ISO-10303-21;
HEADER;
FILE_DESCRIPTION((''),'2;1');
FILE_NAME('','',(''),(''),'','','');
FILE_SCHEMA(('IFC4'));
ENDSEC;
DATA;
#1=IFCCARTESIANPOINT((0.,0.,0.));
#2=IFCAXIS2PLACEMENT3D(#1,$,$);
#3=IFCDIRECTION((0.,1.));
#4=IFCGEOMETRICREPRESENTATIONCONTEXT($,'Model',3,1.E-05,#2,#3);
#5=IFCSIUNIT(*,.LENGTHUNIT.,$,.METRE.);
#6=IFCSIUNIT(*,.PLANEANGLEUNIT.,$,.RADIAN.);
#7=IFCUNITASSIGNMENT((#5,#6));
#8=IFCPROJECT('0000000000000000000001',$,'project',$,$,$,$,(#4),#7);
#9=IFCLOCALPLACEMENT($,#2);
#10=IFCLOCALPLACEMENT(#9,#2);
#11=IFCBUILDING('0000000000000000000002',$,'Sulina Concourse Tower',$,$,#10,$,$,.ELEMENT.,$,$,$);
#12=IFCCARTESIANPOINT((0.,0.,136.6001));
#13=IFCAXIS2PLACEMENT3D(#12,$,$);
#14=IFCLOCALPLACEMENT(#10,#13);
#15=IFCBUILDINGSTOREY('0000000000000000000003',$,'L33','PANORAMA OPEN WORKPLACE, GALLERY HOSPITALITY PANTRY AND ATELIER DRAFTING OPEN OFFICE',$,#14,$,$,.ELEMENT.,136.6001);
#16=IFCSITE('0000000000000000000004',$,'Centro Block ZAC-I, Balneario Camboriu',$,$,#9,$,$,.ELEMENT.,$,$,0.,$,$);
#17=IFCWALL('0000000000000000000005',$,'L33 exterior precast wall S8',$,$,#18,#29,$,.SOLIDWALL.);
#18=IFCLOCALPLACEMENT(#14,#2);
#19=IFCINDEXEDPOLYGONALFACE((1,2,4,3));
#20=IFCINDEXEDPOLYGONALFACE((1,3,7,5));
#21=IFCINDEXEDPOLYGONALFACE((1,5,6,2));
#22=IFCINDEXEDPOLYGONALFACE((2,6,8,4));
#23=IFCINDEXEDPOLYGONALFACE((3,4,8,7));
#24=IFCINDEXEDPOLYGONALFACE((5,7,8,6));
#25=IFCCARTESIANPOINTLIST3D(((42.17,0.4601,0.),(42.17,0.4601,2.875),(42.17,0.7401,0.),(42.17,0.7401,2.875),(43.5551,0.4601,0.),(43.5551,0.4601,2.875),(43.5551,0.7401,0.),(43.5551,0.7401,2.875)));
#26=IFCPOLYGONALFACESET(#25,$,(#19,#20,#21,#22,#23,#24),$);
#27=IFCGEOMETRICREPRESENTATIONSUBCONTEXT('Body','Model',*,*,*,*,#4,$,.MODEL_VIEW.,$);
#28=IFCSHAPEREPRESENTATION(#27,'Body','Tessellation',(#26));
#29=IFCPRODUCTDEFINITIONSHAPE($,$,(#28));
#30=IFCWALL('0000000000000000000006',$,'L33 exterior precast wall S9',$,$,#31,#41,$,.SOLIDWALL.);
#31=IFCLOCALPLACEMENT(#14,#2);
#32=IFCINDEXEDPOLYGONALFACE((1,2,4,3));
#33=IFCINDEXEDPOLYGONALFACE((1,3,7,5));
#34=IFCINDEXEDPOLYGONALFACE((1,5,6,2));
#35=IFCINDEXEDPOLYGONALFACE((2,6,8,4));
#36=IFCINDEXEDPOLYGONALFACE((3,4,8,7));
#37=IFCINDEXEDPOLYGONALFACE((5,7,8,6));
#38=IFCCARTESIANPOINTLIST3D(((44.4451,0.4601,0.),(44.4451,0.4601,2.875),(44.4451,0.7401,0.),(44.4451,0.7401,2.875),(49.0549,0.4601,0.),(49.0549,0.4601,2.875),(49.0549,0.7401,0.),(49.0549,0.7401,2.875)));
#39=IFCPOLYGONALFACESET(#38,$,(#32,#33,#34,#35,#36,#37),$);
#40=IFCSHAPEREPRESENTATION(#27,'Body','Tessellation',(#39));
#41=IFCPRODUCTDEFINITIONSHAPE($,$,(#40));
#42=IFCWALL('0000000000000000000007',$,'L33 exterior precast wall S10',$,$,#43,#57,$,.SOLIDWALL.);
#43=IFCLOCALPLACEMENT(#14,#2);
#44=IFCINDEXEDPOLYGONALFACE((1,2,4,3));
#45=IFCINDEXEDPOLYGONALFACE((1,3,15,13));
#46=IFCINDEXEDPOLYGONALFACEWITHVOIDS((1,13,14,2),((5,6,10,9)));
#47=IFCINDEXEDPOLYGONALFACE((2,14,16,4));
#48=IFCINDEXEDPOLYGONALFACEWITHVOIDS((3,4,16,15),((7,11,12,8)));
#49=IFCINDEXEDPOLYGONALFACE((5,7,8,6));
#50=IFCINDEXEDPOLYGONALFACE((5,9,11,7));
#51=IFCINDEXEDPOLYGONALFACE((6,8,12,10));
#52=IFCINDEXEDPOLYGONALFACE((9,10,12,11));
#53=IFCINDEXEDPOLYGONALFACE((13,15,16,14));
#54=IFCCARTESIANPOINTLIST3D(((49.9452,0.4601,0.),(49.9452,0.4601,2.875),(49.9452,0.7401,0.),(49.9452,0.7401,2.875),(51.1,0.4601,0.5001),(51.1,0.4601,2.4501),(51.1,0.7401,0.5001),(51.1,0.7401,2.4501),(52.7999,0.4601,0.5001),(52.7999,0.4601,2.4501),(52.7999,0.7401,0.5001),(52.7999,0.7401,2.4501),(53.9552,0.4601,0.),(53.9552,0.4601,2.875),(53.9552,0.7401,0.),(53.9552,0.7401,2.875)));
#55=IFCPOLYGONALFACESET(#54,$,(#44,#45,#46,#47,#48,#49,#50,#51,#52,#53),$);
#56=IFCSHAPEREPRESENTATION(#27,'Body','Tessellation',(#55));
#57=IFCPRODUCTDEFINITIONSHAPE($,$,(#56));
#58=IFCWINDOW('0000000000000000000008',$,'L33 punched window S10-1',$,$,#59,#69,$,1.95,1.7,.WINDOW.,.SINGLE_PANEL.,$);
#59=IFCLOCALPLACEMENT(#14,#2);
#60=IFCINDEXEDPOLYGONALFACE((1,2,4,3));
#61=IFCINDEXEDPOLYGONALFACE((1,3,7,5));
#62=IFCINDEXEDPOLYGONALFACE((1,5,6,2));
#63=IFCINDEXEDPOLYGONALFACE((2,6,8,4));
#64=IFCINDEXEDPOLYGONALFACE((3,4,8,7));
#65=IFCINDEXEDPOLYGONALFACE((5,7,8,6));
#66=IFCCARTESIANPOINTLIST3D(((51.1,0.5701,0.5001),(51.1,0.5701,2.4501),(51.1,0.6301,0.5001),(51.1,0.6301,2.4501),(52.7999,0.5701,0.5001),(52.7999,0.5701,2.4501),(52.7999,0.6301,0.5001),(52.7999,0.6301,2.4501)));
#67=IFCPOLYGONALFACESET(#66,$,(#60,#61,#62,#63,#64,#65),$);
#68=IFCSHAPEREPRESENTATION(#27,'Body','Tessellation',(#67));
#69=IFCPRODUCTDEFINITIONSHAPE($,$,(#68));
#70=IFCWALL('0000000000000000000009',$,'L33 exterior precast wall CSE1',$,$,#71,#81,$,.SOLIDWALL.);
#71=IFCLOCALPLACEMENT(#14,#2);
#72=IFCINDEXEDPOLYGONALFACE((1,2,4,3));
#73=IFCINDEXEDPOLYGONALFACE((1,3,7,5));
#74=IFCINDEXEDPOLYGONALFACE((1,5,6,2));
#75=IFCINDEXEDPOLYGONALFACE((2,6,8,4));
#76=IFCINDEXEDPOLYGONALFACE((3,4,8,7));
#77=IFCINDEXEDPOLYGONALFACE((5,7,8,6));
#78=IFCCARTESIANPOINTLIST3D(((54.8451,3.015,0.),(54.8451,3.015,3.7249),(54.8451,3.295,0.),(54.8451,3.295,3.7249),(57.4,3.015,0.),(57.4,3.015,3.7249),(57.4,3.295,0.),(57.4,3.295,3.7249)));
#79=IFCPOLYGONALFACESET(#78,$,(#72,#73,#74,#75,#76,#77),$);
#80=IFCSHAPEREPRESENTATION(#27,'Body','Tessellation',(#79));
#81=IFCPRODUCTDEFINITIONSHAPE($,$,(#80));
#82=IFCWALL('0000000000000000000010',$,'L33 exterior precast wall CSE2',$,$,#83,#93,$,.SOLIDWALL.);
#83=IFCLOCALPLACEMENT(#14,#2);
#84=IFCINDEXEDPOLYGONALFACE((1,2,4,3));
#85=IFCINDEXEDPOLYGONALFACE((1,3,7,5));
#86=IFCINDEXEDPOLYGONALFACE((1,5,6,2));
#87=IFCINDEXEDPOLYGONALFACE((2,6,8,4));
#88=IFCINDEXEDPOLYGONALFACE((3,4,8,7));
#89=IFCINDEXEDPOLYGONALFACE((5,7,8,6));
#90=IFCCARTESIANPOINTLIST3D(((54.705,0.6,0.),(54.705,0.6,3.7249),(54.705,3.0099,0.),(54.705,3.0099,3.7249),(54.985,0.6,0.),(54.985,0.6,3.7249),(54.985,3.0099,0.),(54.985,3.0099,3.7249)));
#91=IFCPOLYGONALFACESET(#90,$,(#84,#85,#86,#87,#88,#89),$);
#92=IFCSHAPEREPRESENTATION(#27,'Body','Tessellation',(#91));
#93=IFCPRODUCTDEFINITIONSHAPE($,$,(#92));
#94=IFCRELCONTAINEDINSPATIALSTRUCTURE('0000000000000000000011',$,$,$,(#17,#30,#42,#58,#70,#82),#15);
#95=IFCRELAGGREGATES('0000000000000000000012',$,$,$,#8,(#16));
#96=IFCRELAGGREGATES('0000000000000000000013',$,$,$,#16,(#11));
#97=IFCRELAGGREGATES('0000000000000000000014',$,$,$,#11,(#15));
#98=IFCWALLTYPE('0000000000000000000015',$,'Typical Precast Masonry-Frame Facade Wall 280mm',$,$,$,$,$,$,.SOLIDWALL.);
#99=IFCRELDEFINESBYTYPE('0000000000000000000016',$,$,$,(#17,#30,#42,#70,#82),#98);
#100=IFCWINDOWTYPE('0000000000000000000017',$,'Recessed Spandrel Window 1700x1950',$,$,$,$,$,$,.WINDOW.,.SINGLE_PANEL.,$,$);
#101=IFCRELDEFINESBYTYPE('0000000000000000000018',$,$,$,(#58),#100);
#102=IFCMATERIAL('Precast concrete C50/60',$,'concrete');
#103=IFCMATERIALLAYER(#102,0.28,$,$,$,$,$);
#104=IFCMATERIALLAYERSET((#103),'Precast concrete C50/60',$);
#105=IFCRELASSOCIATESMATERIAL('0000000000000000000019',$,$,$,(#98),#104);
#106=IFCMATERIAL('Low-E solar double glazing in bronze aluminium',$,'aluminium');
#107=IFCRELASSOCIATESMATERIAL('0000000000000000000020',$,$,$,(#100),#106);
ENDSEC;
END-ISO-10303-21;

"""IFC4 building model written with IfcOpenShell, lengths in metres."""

from ifc_helpers import new_model, si_unit, direction, frame, frame_2d, origin, place, context, subcontext, project, spatial, rectangle, extrude, material, layer, layer_set, type_object, element, fill, save


model = new_model("IFC4")

# Units and contexts
model_context = context("Model", 3, precision=1e-05, world=origin(), true_north=direction((0.0, 1.0)))
body_context = subcontext(model_context, "Body", "Model", "MODEL_VIEW")
ifc_project = project(units=[si_unit("LENGTHUNIT", "METRE"), si_unit("PLANEANGLEUNIT", "RADIAN")], contexts=[model_context])

# Site, building, storey
site_placement = place(None, origin())
site = spatial("IfcSite", under=ifc_project, at=site_placement, Name="Centro Block ZAC-I, Balneario Camboriu", CompositionType="ELEMENT", RefElevation=0.0)
building_placement = place(site_placement, origin())
building = spatial("IfcBuilding", under=site, at=building_placement, Name="Sulina Concourse Tower", CompositionType="ELEMENT")
storey_placement = place(building_placement, frame((0.0, 0.0, 136.6001)))
storey = spatial("IfcBuildingStorey", under=building, at=storey_placement, Name="L33", Description="PANORAMA OPEN WORKPLACE, GALLERY HOSPITALITY PANTRY AND ATELIER DRAFTING OPEN OFFICE", CompositionType="ELEMENT", Elevation=136.6001)

# Walls
ifc_material_1 = material(Name="Precast concrete C50/60", Category="concrete")
ifc_layer_1 = layer(ifc_material_1, 0.28)
ifc_layer_set_1 = layer_set([ifc_layer_1], Name="Precast concrete C50/60")
wall_type_1 = type_object("IfcWallType", Name="Typical Precast Masonry-Frame Facade Wall 280mm", PredefinedType="SOLIDWALL", material=ifc_layer_set_1)
wall_1_placement = place(storey_placement, frame((43.5549, 0.6001, 0.0), z_axis=(0.0, 0.0, 1.0), x_axis=(-1.0, 0.0, 0.0)))
element("IfcWall", 1, at=wall_1_placement, inside=storey, type_object=wall_type_1, Name="L33 exterior precast wall S8", PredefinedType="SOLIDWALL", context=body_context, shape_type="SweptSolid", body=[
    extrude(rectangle(XDim=1.385, YDim=0.28, at=frame_2d((0.6924, 0.0))), origin(), (0.0, 0.0, 1.0), 2.875),
])
wall_2_placement = place(storey_placement, frame((49.0549, 0.6001, 0.0), z_axis=(0.0, 0.0, 1.0), x_axis=(-1.0, 0.0, 0.0)))
element("IfcWall", 2, at=wall_2_placement, inside=storey, type_object=wall_type_1, Name="L33 exterior precast wall S9", PredefinedType="SOLIDWALL", context=body_context, shape_type="SweptSolid", body=[
    extrude(rectangle(XDim=4.6099, YDim=0.28, at=frame_2d((2.3049, 0.0))), origin(), (0.0, 0.0, 1.0), 2.875),
])

# Wall, opening, window
wall_3_placement = place(storey_placement, frame((53.9551, 0.6001, 0.0), z_axis=(0.0, 0.0, 1.0), x_axis=(-1.0, 0.0, 0.0)))
wall_3 = element("IfcWall", 3, at=wall_3_placement, inside=storey, type_object=wall_type_1, Name="L33 exterior precast wall S10", PredefinedType="SOLIDWALL", context=body_context, shape_type="SweptSolid", body=[
    extrude(rectangle(XDim=4.01, YDim=0.28, at=frame_2d((2.0049, 0.0))), origin(), (0.0, 0.0, 1.0), 2.875),
])
opening_placement = place(wall_3_placement, frame((1.155, 0.0, 0.5)))
opening = element("IfcOpeningElement", 4, at=opening_placement, cuts=wall_3, PredefinedType="OPENING", context=body_context, shape_type="SweptSolid", body=[
    extrude(rectangle(XDim=1.7, YDim=1.95, at=frame_2d((0.8501, 0.9751))), frame((0.0, 0.1499, 0.0), z_axis=(0.0, -1.0, 0.0), x_axis=(1.0, 0.0, 0.0)), (0.0, 0.0, 1.0), 0.3),
])
ifc_material_2 = material(Name="Low-E solar double glazing in bronze aluminium", Category="aluminium")
window_type = type_object("IfcWindowType", Name="Recessed Spandrel Window 1700x1950", PartitioningType="SINGLE_PANEL", PredefinedType="WINDOW", material=ifc_material_2)
window_placement = place(opening_placement, origin())
window = element("IfcWindow", 5, at=window_placement, inside=storey, type_object=window_type, Name="L33 punched window S10-1", OverallHeight=1.95, OverallWidth=1.7, PartitioningType="SINGLE_PANEL", PredefinedType="WINDOW", context=body_context, shape_type="SweptSolid", body=[
    extrude(rectangle(XDim=1.7, YDim=1.95, at=frame_2d((0.8501, 0.9751))), frame((0.0, 0.03, 0.0), z_axis=(0.0, -1.0, 0.0), x_axis=(1.0, 0.0, 0.0)), (0.0, 0.0, 1.0), 0.0601),
])
fill(opening, window)

# Walls
wall_4_placement = place(storey_placement, frame((57.3999, 3.155, 0.0), z_axis=(0.0, 0.0, 1.0), x_axis=(-1.0, 0.0, 0.0)))
element("IfcWall", 6, at=wall_4_placement, inside=storey, type_object=wall_type_1, Name="L33 exterior precast wall CSE1", PredefinedType="SOLIDWALL", context=body_context, shape_type="SweptSolid", body=[
    extrude(rectangle(XDim=2.5549, YDim=0.28, at=frame_2d((1.2773, 0.0))), origin(), (0.0, 0.0, 1.0), 3.7249),
])
wall_5_placement = place(storey_placement, frame((54.845, 3.01, 0.0), z_axis=(0.0, 0.0, 1.0), x_axis=(0.0, -1.0, 0.0)))
element("IfcWall", 7, at=wall_5_placement, inside=storey, type_object=wall_type_1, Name="L33 exterior precast wall CSE2", PredefinedType="SOLIDWALL", context=body_context, shape_type="SweptSolid", body=[
    extrude(rectangle(XDim=2.4099, YDim=0.28, at=frame_2d((1.2051, 0.0))), origin(), (0.0, 0.0, 1.0), 3.7249),
])

save(model, "model.ifc")
